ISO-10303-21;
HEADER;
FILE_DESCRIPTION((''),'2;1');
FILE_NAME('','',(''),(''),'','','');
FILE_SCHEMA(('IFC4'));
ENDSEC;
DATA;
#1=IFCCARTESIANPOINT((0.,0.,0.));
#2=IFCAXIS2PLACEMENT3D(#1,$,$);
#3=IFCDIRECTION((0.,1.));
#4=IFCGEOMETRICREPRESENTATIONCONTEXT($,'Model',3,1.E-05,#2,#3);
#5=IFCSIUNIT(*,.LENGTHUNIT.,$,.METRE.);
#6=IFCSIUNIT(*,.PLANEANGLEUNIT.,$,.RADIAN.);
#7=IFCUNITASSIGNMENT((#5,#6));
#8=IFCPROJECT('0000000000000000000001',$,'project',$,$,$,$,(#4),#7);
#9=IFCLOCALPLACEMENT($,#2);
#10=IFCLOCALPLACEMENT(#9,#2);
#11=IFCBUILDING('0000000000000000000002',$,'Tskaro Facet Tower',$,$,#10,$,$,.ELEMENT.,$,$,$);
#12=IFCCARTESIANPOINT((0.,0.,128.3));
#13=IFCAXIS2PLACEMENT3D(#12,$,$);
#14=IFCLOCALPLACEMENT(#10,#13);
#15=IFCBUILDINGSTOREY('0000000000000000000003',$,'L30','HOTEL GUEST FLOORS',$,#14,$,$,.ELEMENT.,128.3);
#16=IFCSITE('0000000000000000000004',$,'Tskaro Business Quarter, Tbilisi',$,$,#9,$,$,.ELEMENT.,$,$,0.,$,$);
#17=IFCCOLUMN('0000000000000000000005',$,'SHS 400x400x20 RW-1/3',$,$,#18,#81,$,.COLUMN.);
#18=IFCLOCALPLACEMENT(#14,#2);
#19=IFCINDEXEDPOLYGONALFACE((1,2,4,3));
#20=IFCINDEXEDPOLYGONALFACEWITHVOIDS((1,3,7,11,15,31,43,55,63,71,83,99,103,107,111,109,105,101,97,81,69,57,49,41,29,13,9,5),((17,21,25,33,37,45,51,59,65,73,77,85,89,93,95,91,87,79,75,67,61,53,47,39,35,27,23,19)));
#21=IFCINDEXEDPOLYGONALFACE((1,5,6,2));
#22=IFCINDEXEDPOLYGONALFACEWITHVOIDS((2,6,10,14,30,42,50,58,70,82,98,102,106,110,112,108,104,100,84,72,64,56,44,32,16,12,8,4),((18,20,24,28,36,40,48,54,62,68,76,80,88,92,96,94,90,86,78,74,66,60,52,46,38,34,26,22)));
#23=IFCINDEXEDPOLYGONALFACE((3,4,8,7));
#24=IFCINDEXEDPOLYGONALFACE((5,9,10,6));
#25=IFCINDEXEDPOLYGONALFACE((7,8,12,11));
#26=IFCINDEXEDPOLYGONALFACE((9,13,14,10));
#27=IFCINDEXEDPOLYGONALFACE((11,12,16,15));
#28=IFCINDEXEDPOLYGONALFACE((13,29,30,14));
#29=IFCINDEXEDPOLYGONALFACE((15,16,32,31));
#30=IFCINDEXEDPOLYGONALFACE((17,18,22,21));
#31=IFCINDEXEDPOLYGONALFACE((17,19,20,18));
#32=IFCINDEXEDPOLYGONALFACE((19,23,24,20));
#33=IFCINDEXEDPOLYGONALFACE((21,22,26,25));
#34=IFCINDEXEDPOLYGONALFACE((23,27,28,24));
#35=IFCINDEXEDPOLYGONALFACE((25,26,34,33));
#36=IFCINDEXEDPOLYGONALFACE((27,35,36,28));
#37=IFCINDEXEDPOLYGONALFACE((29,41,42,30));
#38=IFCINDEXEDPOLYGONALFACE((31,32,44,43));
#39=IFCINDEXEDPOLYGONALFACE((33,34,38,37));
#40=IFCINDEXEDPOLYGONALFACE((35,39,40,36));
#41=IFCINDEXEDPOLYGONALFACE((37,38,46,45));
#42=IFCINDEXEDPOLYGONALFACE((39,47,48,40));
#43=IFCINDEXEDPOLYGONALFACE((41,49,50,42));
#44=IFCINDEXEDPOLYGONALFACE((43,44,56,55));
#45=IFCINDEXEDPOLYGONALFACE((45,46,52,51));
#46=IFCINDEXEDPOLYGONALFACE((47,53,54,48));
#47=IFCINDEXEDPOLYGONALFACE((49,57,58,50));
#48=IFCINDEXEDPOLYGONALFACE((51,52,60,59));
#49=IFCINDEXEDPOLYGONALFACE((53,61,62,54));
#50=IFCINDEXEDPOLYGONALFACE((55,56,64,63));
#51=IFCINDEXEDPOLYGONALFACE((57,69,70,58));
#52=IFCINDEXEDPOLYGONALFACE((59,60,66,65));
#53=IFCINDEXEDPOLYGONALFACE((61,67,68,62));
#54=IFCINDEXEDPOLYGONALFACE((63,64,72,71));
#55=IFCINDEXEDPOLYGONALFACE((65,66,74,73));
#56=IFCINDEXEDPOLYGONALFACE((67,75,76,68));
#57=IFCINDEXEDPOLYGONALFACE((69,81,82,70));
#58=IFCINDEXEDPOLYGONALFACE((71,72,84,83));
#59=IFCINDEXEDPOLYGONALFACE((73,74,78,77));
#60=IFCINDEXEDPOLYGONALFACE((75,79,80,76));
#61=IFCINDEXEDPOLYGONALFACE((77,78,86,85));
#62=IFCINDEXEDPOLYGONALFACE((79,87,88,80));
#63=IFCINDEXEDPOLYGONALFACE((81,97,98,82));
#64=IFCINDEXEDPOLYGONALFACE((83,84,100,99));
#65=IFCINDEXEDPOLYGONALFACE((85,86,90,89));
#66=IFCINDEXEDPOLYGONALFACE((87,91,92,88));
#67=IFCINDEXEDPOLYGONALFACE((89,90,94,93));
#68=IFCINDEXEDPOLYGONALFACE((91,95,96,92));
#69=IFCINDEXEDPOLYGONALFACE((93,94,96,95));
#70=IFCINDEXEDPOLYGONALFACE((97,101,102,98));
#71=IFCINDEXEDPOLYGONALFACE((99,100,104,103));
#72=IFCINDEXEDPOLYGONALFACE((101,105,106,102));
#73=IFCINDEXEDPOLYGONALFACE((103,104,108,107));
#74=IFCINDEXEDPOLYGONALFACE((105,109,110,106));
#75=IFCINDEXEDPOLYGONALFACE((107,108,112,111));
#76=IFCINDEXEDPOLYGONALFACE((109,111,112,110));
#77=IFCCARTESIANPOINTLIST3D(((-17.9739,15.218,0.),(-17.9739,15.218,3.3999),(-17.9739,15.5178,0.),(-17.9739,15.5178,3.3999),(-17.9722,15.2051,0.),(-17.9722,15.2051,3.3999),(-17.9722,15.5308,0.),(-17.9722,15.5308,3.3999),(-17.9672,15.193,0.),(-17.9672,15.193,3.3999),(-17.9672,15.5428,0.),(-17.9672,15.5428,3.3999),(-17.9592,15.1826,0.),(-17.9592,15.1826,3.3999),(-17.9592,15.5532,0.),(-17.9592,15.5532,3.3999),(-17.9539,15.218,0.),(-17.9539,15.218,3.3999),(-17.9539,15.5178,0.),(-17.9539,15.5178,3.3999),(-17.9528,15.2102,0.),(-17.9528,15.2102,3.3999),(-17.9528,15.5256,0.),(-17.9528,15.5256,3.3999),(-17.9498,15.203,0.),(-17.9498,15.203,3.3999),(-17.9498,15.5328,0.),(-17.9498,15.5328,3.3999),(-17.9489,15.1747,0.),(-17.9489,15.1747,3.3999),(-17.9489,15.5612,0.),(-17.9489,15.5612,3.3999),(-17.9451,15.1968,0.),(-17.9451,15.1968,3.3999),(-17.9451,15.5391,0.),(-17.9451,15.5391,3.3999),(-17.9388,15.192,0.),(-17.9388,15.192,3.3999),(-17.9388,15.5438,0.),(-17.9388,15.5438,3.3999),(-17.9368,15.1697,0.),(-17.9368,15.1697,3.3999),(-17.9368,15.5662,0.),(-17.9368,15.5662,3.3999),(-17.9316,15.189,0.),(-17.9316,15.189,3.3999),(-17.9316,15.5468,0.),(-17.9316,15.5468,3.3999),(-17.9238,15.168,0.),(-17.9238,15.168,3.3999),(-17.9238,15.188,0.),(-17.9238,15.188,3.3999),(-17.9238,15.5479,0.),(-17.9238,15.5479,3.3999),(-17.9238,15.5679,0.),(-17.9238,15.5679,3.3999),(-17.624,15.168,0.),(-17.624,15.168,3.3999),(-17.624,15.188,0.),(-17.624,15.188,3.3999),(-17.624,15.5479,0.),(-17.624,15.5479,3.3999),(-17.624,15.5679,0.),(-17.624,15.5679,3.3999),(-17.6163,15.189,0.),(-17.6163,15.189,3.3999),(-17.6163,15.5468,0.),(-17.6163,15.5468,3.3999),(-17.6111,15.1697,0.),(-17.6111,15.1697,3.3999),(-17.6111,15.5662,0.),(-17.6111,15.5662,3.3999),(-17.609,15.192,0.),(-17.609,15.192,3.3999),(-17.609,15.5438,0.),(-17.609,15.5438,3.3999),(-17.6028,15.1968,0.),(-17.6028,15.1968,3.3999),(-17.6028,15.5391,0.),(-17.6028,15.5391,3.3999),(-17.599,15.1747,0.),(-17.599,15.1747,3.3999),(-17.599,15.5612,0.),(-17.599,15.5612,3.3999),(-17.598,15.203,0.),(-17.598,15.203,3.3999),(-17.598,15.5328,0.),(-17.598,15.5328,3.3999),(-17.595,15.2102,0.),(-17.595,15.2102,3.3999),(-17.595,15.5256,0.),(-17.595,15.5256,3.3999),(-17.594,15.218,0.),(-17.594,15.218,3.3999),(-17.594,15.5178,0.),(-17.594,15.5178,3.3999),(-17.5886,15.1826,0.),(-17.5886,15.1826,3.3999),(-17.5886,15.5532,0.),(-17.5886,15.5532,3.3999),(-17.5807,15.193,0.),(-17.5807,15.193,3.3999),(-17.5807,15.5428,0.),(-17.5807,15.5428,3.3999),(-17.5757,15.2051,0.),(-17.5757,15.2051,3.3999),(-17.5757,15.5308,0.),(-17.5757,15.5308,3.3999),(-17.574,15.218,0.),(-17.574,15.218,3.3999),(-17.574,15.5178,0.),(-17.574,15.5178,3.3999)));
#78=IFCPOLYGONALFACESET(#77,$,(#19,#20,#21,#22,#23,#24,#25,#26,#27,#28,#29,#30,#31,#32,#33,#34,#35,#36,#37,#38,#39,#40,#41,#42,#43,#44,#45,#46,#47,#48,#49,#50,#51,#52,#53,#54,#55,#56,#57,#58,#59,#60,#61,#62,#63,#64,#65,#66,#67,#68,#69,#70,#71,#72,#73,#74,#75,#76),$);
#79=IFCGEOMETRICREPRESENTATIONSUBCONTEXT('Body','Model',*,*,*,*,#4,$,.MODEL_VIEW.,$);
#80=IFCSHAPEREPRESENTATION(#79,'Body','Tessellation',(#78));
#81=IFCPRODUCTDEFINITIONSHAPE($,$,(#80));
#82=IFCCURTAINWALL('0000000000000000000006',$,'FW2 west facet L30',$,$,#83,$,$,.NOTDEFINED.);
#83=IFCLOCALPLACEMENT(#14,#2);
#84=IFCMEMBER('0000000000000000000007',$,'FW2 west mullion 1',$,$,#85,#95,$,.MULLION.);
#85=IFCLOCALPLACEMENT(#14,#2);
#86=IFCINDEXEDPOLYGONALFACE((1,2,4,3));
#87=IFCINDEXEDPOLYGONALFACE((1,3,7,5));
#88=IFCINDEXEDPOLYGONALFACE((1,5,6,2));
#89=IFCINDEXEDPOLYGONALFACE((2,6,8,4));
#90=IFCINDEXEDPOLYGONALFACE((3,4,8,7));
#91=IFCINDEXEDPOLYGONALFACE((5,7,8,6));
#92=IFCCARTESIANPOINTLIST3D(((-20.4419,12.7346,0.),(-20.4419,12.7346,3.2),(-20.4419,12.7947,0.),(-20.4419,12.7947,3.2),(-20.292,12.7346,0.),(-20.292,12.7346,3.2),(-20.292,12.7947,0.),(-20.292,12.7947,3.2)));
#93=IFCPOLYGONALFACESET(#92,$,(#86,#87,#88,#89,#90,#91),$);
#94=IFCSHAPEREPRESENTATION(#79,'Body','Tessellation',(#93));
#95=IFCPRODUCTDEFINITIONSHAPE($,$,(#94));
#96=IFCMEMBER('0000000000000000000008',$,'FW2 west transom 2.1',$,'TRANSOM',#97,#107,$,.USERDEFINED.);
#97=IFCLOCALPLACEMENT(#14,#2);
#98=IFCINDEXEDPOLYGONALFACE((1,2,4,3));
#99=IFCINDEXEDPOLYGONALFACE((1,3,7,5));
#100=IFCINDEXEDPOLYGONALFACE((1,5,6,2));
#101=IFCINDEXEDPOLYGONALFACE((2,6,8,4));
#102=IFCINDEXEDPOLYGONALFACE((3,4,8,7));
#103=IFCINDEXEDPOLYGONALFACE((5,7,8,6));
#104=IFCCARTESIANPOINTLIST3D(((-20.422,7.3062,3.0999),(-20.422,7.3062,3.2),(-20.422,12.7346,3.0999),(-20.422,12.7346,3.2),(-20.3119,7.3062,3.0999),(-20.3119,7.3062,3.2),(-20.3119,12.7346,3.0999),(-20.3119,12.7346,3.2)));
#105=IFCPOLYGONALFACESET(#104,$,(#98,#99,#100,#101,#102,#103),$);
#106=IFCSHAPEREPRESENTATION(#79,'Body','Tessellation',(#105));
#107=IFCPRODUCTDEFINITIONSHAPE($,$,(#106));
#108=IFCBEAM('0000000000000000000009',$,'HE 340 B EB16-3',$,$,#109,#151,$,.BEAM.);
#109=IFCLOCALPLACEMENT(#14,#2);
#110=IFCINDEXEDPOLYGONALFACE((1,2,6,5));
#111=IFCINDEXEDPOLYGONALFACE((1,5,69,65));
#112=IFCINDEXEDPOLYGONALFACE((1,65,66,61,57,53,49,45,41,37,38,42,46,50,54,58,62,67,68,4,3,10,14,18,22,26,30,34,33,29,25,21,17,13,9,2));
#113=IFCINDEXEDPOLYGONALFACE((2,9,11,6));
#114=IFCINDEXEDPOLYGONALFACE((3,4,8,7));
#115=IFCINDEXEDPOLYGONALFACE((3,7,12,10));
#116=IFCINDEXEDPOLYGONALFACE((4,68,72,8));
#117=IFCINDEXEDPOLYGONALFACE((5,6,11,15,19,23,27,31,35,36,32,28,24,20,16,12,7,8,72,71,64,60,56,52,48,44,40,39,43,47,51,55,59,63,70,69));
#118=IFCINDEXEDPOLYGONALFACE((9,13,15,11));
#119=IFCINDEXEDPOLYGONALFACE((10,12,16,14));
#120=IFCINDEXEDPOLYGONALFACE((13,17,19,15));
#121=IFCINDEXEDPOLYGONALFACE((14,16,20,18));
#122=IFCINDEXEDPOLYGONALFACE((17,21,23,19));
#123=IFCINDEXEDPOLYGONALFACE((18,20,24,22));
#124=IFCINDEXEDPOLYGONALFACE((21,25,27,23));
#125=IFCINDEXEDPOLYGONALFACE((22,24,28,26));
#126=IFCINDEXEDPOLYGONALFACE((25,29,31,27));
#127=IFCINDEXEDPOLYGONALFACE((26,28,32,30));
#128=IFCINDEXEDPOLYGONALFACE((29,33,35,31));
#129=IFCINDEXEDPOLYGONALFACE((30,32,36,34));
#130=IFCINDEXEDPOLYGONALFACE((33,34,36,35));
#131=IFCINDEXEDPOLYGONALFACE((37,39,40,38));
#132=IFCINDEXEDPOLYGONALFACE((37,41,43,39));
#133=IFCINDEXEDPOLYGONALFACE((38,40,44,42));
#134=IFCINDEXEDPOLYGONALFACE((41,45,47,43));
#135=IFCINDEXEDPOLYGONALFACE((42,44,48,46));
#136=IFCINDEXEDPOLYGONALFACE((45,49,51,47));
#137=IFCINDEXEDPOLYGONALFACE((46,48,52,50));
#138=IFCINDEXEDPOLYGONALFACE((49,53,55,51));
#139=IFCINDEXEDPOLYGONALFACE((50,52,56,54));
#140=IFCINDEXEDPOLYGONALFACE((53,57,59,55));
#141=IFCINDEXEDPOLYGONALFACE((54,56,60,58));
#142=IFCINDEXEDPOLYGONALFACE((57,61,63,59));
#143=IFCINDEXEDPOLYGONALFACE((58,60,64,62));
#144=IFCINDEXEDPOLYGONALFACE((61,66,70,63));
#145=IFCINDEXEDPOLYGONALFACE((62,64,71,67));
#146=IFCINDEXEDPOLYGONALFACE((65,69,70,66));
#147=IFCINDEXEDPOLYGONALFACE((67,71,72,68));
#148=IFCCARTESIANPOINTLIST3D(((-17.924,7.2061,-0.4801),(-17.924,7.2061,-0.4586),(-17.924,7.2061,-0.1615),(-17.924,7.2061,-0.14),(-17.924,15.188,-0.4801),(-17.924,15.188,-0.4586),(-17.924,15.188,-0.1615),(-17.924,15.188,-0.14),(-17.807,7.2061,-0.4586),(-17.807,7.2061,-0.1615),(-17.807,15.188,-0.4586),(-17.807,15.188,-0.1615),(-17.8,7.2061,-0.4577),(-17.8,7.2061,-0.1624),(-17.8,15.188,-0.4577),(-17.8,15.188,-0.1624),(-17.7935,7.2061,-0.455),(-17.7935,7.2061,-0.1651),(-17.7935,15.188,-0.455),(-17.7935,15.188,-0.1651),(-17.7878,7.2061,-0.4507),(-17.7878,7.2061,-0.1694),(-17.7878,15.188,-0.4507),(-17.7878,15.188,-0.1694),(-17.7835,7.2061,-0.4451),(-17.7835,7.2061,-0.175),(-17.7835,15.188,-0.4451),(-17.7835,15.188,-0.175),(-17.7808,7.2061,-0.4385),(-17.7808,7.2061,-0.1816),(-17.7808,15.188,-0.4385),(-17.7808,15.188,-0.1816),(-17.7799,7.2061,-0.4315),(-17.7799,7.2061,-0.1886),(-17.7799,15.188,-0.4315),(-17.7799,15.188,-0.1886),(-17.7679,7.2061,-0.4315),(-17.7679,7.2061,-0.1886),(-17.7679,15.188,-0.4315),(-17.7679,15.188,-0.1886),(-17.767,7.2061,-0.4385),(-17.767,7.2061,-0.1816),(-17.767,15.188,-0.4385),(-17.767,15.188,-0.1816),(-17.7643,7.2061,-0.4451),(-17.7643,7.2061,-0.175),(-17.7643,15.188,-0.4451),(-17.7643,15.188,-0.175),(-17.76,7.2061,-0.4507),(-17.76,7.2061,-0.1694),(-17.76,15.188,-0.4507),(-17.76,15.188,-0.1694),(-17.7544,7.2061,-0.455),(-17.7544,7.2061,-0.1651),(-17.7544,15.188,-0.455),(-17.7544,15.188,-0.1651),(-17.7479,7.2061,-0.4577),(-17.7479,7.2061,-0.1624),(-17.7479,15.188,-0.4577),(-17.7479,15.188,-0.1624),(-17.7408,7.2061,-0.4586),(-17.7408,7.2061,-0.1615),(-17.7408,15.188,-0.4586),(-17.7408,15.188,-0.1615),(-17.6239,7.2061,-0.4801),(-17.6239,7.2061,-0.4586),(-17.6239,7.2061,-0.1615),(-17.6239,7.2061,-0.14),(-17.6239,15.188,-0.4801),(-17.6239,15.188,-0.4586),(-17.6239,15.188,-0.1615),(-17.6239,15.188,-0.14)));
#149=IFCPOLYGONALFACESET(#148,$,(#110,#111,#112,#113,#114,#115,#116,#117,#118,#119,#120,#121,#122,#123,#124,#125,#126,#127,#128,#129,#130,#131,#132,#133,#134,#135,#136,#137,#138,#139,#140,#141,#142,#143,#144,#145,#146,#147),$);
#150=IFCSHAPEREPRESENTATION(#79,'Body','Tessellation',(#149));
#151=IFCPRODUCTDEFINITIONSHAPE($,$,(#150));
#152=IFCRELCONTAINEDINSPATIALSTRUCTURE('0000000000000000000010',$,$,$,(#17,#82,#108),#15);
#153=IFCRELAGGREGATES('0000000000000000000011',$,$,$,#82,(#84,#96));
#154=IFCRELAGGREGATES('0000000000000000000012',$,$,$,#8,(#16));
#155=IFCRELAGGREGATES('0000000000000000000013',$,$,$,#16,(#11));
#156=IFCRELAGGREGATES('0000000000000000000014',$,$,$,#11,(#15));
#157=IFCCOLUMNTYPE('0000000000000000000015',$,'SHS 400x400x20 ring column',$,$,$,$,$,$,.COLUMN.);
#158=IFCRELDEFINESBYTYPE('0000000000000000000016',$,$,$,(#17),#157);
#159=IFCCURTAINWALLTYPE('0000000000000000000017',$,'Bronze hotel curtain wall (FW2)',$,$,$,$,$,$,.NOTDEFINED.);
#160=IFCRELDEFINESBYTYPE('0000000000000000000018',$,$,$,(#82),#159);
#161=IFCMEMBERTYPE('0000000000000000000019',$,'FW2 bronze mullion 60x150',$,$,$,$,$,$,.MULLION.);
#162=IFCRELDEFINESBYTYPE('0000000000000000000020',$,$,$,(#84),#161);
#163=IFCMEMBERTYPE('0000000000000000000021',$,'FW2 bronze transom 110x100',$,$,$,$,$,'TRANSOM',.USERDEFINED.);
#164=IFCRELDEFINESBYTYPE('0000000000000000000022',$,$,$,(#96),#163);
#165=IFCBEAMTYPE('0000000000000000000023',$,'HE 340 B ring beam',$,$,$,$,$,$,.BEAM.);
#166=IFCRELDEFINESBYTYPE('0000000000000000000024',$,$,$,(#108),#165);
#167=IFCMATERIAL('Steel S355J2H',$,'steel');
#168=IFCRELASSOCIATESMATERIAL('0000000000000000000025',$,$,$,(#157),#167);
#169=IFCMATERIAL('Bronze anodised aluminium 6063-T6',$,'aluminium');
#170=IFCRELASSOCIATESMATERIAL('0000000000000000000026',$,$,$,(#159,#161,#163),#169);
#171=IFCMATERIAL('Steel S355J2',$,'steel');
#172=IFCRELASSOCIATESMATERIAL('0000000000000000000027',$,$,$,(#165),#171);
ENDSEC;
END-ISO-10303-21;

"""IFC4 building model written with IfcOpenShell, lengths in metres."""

from ifc_helpers import new_model, si_unit, direction, frame, origin, origin_2d, place, context, subcontext, project, spatial, rectangle, hollow_rectangle, i_section, extrude, material, material_profile, profile_set, type_object, element, aggregate, save


model = new_model("IFC4")

# Units and contexts
model_context = context("Model", 3, precision=1e-05, world=origin(), true_north=direction((0.0, 1.0)))
body_context = subcontext(model_context, "Body", "Model", "MODEL_VIEW")
ifc_project = project(units=[si_unit("LENGTHUNIT", "METRE"), si_unit("PLANEANGLEUNIT", "RADIAN")], contexts=[model_context])

# Site, building, storey
site_placement = place(None, origin())
site = spatial("IfcSite", under=ifc_project, at=site_placement, Name="Tskaro Business Quarter, Tbilisi", CompositionType="ELEMENT", RefElevation=0.0)
building_placement = place(site_placement, origin())
building = spatial("IfcBuilding", under=site, at=building_placement, Name="Tskaro Facet Tower", CompositionType="ELEMENT")
storey_placement = place(building_placement, frame((0.0, 0.0, 128.3)))
storey = spatial("IfcBuildingStorey", under=building, at=storey_placement, Name="L30", Description="HOTEL GUEST FLOORS", CompositionType="ELEMENT", Elevation=128.3)

# Column
ifc_material_1 = material(Name="Steel S355J2H", Category="steel")
ifc_material_profile_1 = material_profile(ifc_material_1, hollow_rectangle(XDim=0.3999, YDim=0.3999, WallThickness=0.02, InnerFilletRadius=0.03, OuterFilletRadius=0.05, at=origin_2d()), Name="SHS 400x400x20")
ifc_profile_set_1 = profile_set([ifc_material_profile_1], Name="Steel S355J2H")
column_type = type_object("IfcColumnType", Name="SHS 400x400x20 ring column", PredefinedType="COLUMN", material=ifc_profile_set_1)
column_placement = place(storey_placement, frame((-17.7739, 15.3679, 0.0), z_axis=(0.0, 0.0, 1.0), x_axis=(1.0, 0.0, 0.0)))
element("IfcColumn", 1, at=column_placement, inside=storey, type_object=column_type, Name="SHS 400x400x20 RW-1/3", PredefinedType="COLUMN", context=body_context, shape_type="SweptSolid", body=[
    extrude(hollow_rectangle(XDim=0.3999, YDim=0.3999, WallThickness=0.02, InnerFilletRadius=0.03, OuterFilletRadius=0.05, at=origin_2d()), origin(), (0.0, 0.0, 1.0), 3.3999),
])

# Curtain wall, members
ifc_material_2 = material(Name="Bronze anodised aluminium 6063-T6", Category="aluminium")
curtain_wall_type = type_object("IfcCurtainWallType", Name="Bronze hotel curtain wall (FW2)", PredefinedType="NOTDEFINED", material=ifc_material_2)
curtain_wall_placement = place(storey_placement, origin())
curtain_wall = element("IfcCurtainWall", 2, at=curtain_wall_placement, inside=storey, type_object=curtain_wall_type, Name="FW2 west facet L30", PredefinedType="NOTDEFINED")
ifc_material_profile_2 = material_profile(ifc_material_2, rectangle(XDim=0.0601, YDim=0.1499, at=origin_2d()), Name="Mullion 60x150")
ifc_profile_set_2 = profile_set([ifc_material_profile_2], Name="Bronze anodised aluminium 6063-T6")
member_type_1 = type_object("IfcMemberType", Name="FW2 bronze mullion 60x150", PredefinedType="MULLION", material=ifc_profile_set_2)
member_1_placement = place(storey_placement, frame((-20.3669, 12.7646, 0.0), z_axis=(0.0, 0.0, 1.0), x_axis=(0.0, -1.0, 0.0)))
member_1 = element("IfcMember", 3, at=member_1_placement, type_object=member_type_1, Name="FW2 west mullion 1", PredefinedType="MULLION", context=body_context, shape_type="SweptSolid", body=[
    extrude(rectangle(XDim=0.0601, YDim=0.1499, at=origin_2d()), origin(), (0.0, 0.0, 1.0), 3.2),
])
ifc_material_profile_3 = material_profile(ifc_material_2, rectangle(XDim=0.1101, YDim=0.1001, at=origin_2d()), Name="Transom 110x100")
ifc_profile_set_3 = profile_set([ifc_material_profile_3], Name="Bronze anodised aluminium 6063-T6")
member_type_2 = type_object("IfcMemberType", Name="FW2 bronze transom 110x100", ElementType="TRANSOM", PredefinedType="USERDEFINED", material=ifc_profile_set_3)
member_2_placement = place(storey_placement, frame((-20.3669, 12.7346, 3.1499), z_axis=(0.0, -1.0, 0.0), x_axis=(1.0, 0.0, 0.0)))
member_2 = element("IfcMember", 4, at=member_2_placement, type_object=member_type_2, Name="FW2 west transom 2.1", ObjectType="TRANSOM", PredefinedType="USERDEFINED", context=body_context, shape_type="SweptSolid", body=[
    extrude(rectangle(XDim=0.1101, YDim=0.1001, at=origin_2d()), origin(), (0.0, 0.0, 1.0), 5.4285),
])

# Beam
ifc_material_3 = material(Name="Steel S355J2", Category="steel")
ifc_material_profile_4 = material_profile(ifc_material_3, i_section(OverallWidth=0.3, OverallDepth=0.3401, WebThickness=0.012, FlangeThickness=0.0215, FilletRadius=0.0271, at=origin_2d()), Name="HE 340 B")
ifc_profile_set_4 = profile_set([ifc_material_profile_4], Name="Steel S355J2")
beam_type_1 = type_object("IfcBeamType", Name="HE 340 B ring beam", PredefinedType="BEAM", material=ifc_profile_set_4)
beam_1_placement = place(storey_placement, frame((-17.7739, 15.188, -0.3101), z_axis=(0.0, -1.0, 0.0), x_axis=(1.0, 0.0, 0.0)))
element("IfcBeam", 5, at=beam_1_placement, inside=storey, type_object=beam_type_1, Name="HE 340 B EB16-3", PredefinedType="BEAM", context=body_context, shape_type="SweptSolid", body=[
    extrude(i_section(OverallWidth=0.3, OverallDepth=0.3401, WebThickness=0.012, FlangeThickness=0.0215, FilletRadius=0.0271, at=origin_2d()), origin(), (0.0, 0.0, 1.0), 7.9819),
])

aggregate(curtain_wall, [member_1, member_2])

save(model, "model.ifc")
